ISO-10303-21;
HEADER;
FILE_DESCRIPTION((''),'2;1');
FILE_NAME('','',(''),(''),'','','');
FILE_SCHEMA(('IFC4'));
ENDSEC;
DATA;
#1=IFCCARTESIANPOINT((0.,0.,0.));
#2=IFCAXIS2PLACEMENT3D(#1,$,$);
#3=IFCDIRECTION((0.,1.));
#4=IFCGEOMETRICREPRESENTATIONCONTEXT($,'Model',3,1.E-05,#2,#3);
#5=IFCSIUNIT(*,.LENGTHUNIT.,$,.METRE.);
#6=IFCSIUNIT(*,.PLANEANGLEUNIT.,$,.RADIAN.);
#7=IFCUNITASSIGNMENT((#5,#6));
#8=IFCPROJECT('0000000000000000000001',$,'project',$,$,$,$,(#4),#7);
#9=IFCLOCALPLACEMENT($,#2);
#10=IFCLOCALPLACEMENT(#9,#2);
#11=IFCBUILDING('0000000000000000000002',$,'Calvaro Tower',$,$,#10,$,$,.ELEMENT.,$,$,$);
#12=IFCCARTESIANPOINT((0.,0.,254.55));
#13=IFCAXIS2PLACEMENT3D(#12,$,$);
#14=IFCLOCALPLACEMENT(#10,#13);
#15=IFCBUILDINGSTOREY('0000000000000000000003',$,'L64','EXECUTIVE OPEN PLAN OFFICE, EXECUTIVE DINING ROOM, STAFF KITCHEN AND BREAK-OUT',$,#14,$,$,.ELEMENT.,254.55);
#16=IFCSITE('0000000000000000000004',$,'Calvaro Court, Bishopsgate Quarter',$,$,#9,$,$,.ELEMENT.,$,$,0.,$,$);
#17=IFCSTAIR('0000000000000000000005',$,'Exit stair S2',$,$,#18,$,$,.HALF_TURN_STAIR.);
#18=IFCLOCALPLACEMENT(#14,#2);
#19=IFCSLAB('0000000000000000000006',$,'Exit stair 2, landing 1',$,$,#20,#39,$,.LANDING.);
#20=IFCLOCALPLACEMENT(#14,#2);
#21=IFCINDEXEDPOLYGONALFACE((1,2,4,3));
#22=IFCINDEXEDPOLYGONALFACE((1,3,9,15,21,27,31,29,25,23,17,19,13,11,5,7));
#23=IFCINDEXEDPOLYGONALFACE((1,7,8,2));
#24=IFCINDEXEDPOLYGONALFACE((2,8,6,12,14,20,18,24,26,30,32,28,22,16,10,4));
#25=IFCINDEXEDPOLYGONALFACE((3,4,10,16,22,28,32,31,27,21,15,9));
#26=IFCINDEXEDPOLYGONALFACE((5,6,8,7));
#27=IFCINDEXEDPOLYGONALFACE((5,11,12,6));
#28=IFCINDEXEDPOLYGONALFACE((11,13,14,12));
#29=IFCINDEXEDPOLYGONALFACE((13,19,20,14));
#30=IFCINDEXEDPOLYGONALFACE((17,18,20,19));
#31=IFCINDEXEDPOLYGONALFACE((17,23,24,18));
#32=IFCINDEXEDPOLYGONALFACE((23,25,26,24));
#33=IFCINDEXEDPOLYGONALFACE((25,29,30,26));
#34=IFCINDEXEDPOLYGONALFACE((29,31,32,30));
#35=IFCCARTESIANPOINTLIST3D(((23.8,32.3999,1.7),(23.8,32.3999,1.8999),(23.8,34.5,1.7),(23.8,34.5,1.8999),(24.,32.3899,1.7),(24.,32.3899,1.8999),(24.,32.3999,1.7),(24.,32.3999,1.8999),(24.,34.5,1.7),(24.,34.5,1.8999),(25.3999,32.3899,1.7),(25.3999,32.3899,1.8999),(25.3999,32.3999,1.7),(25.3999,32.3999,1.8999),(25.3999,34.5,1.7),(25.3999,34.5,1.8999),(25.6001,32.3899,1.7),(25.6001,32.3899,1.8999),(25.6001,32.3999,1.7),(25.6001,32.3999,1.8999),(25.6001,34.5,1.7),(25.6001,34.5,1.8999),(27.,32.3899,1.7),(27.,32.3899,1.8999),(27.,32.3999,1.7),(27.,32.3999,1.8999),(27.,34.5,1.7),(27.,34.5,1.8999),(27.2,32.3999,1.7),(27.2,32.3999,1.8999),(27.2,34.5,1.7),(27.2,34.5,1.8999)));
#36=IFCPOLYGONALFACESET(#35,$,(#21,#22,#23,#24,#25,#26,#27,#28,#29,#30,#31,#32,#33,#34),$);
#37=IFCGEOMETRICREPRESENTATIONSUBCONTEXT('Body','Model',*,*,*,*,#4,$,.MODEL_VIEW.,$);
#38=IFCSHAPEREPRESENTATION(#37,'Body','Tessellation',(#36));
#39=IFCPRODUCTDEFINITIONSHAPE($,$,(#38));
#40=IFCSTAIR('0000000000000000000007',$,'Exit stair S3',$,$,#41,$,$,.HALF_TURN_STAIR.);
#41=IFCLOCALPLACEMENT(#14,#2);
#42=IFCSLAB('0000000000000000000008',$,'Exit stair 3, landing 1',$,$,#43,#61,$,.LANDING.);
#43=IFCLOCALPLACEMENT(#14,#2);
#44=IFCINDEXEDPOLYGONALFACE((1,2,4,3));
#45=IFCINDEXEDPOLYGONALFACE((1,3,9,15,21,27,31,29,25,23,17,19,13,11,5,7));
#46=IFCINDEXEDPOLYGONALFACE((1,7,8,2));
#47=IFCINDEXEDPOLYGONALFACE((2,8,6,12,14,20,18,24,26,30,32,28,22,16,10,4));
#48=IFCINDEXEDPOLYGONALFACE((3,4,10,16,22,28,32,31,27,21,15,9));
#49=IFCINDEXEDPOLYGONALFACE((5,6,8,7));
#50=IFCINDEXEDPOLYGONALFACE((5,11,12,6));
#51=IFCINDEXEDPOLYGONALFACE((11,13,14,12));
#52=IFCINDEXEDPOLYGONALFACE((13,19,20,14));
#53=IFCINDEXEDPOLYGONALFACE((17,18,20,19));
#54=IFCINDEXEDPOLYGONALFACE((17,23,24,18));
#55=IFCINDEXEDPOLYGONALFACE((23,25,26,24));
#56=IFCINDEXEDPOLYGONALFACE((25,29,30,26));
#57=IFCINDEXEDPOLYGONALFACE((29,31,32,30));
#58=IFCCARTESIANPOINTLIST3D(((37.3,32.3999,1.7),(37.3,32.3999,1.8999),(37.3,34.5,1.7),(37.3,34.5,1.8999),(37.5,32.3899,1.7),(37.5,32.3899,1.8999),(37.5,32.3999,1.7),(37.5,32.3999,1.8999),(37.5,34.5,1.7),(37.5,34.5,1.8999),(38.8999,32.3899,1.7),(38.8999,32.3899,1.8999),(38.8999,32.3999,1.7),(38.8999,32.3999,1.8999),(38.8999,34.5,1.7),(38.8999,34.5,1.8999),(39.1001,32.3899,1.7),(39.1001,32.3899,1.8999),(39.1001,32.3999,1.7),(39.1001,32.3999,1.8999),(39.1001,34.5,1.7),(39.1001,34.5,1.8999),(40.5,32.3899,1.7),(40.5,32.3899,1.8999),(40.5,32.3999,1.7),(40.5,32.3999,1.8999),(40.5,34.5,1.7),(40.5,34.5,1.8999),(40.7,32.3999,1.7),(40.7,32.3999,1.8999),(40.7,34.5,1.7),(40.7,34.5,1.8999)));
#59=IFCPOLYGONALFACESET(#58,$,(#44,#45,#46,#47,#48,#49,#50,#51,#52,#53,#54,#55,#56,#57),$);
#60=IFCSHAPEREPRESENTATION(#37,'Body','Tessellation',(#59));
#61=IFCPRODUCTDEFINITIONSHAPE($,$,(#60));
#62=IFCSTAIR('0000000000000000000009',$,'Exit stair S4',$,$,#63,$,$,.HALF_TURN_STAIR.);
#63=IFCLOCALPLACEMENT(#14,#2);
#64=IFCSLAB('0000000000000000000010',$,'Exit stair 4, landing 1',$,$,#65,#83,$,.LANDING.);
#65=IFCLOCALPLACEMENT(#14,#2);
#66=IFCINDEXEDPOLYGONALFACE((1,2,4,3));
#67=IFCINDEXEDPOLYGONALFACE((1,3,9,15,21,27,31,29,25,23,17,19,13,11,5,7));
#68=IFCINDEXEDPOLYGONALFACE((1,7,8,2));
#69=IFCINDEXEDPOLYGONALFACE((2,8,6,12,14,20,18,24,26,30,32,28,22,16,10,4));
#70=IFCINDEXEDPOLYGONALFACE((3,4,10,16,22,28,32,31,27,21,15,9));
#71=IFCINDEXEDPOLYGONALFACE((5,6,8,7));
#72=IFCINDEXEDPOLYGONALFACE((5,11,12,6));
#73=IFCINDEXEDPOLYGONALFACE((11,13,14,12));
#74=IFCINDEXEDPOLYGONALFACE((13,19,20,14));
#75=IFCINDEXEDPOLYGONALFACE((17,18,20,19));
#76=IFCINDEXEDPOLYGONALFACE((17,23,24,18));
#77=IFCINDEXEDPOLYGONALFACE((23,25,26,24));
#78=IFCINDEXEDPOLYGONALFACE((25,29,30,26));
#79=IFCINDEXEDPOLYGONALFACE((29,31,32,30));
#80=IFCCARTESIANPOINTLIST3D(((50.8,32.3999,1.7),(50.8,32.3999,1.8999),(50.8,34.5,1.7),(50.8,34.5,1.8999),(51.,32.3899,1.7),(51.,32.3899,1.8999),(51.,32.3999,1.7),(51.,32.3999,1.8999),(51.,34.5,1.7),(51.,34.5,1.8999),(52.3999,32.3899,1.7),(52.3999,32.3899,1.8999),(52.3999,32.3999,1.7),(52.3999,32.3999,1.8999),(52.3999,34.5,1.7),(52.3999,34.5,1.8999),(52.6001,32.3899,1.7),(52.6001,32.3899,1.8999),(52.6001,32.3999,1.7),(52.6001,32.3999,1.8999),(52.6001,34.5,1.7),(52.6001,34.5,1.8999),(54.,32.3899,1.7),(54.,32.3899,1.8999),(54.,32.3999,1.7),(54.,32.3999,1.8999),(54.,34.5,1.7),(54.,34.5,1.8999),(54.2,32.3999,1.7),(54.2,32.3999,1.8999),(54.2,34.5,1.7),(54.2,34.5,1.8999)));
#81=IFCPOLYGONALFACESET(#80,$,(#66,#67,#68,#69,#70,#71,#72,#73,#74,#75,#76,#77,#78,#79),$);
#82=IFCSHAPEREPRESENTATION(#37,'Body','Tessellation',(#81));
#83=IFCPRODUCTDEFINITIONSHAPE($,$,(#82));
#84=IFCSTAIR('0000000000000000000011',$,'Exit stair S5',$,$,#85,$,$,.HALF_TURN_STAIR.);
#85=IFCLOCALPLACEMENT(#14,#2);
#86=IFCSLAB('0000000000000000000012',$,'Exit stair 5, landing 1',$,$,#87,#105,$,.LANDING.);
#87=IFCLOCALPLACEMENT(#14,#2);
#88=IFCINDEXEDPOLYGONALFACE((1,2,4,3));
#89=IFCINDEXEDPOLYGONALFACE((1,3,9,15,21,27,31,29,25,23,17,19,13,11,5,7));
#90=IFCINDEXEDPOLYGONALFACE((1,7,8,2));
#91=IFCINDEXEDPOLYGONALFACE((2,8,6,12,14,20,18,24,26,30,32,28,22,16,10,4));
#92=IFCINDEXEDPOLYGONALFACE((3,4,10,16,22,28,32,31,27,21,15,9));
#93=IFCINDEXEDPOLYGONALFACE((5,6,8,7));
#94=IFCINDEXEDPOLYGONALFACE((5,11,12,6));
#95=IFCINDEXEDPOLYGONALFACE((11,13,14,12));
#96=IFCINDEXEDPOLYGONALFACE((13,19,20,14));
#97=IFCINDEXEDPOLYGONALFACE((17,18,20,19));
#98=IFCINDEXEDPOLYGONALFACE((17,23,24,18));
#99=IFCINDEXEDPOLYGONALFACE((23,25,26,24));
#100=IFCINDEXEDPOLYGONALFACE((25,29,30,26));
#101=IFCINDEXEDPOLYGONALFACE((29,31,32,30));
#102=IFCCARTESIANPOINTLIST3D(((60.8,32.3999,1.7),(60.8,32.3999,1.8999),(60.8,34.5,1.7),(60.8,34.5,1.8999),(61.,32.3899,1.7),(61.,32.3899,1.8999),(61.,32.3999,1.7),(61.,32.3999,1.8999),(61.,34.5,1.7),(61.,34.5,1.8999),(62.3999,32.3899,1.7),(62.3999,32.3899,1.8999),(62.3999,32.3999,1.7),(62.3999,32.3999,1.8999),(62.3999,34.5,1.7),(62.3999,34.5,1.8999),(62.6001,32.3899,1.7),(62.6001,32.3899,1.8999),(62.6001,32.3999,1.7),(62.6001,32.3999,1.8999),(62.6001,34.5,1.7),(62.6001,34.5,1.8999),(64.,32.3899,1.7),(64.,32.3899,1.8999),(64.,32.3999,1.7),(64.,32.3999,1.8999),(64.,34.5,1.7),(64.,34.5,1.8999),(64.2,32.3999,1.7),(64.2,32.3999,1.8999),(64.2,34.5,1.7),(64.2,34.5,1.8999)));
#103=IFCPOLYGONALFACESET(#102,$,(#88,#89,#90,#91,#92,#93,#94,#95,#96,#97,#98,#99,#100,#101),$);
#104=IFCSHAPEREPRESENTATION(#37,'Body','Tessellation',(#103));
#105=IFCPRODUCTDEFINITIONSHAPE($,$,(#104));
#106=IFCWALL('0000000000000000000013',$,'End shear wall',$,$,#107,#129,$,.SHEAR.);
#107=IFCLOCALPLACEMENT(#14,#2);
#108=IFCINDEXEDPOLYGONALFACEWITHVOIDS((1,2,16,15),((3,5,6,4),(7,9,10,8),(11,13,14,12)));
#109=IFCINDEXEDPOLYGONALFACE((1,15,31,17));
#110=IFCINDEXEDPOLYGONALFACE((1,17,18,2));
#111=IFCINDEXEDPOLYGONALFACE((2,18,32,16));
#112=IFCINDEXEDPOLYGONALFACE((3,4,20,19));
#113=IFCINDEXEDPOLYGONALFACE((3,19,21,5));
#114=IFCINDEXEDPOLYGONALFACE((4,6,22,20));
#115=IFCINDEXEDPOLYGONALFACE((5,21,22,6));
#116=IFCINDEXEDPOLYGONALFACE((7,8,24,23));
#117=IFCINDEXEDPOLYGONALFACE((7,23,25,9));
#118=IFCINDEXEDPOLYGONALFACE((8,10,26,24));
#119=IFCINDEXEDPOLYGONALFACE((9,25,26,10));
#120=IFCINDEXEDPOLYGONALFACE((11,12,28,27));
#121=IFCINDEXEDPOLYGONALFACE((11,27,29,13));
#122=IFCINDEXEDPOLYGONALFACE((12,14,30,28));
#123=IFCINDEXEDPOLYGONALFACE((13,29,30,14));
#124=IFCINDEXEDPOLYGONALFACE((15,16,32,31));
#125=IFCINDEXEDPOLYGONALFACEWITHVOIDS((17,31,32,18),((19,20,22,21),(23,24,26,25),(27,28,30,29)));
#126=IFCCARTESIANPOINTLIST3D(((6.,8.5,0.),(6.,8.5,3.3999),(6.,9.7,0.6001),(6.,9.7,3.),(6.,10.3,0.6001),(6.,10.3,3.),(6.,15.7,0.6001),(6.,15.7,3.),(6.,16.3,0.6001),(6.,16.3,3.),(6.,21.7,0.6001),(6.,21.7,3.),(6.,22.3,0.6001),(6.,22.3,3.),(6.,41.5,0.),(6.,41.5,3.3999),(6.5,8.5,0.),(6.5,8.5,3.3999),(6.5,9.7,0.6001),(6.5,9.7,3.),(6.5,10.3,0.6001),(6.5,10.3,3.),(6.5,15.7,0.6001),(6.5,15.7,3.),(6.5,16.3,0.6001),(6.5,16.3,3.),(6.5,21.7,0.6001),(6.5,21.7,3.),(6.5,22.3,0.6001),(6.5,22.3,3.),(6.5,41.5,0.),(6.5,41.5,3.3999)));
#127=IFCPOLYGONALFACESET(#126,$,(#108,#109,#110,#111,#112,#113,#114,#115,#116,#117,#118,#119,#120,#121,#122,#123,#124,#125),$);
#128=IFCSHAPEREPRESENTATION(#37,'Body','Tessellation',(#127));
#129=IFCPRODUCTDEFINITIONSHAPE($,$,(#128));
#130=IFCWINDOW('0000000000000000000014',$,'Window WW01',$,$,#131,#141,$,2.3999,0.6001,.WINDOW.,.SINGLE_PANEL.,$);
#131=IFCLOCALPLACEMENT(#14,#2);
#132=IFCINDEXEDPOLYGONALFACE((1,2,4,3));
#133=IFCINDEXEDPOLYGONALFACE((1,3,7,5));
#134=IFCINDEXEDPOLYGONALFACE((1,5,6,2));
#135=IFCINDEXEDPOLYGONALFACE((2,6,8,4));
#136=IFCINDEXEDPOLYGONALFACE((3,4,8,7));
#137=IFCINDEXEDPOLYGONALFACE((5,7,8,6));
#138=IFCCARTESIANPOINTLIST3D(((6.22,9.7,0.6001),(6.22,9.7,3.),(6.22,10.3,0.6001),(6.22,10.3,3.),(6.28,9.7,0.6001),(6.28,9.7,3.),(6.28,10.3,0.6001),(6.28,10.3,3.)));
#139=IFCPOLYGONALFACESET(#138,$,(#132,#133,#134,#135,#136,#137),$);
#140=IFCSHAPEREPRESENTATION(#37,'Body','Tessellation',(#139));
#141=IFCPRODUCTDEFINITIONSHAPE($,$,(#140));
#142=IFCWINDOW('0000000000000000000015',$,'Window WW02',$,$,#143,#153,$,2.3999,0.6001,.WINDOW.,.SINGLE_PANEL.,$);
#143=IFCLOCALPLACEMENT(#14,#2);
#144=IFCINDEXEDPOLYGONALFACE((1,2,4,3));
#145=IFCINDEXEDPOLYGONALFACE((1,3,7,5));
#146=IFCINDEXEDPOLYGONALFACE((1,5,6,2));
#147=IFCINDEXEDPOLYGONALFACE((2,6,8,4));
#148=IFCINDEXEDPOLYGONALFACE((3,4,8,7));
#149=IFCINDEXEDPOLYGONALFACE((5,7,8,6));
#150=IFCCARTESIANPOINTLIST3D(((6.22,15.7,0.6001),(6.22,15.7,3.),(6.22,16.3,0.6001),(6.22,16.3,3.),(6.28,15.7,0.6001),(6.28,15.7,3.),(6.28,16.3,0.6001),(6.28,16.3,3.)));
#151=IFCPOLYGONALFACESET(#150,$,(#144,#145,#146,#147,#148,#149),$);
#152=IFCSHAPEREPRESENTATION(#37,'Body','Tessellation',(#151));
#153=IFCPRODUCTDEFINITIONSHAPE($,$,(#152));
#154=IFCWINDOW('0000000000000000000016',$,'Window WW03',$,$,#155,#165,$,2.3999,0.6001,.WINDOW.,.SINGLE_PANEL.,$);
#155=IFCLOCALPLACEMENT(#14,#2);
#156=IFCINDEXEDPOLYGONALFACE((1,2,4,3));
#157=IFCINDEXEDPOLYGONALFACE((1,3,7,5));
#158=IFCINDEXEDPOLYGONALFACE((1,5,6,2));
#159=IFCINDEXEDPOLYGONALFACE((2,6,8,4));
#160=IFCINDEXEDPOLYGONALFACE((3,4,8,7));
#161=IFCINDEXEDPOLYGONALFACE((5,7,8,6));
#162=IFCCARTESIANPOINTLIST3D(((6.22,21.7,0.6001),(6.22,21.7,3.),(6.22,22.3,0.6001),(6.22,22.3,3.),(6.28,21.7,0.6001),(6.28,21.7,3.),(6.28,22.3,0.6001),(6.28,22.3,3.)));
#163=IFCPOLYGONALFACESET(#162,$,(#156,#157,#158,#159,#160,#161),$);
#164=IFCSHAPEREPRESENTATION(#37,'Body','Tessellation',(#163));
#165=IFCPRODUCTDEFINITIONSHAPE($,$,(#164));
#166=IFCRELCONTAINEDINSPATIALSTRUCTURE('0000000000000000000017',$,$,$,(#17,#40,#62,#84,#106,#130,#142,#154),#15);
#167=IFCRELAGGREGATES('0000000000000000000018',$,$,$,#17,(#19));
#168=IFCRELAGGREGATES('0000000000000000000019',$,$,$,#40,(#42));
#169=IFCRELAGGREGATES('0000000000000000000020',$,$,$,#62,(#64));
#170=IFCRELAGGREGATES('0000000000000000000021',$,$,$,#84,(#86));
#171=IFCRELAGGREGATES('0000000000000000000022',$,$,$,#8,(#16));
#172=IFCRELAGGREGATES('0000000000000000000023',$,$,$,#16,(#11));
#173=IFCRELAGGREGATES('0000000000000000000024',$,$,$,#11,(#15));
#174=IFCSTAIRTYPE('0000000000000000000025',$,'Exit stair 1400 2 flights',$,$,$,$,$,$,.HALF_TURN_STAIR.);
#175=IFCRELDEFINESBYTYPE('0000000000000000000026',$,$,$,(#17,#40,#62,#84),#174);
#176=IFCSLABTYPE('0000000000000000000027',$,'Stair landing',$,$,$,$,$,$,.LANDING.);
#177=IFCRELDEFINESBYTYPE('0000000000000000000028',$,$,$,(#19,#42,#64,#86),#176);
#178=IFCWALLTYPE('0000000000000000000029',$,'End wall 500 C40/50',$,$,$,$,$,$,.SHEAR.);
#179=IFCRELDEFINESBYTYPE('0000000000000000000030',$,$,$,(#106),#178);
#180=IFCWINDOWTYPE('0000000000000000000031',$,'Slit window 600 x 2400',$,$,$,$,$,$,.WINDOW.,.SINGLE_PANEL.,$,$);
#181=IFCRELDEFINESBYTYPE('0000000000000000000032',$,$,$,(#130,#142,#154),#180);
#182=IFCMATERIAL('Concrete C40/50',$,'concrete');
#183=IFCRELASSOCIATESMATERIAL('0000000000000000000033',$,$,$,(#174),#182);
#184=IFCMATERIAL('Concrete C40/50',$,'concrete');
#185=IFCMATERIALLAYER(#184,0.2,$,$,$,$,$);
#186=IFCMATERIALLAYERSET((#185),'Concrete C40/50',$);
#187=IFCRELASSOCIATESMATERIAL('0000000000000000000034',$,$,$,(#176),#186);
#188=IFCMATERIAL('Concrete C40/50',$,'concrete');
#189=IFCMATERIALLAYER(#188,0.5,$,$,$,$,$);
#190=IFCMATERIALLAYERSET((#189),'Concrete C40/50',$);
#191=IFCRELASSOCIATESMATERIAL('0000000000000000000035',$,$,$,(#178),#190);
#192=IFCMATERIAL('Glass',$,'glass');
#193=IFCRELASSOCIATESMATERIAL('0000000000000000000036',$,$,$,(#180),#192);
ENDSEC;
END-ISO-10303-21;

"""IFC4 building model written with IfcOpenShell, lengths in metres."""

from ifc_helpers import new_model, si_unit, direction, frame, frame_2d, origin, place, context, subcontext, project, spatial, polyline, rectangle, outline, extrude, material, layer, layer_set, type_object, element, fill, aggregate, save


model = new_model("IFC4")

# Units and contexts
model_context = context("Model", 3, precision=1e-05, world=origin(), true_north=direction((0.0, 1.0)))
body_context = subcontext(model_context, "Body", "Model", "MODEL_VIEW")
ifc_project = project(units=[si_unit("LENGTHUNIT", "METRE"), si_unit("PLANEANGLEUNIT", "RADIAN")], contexts=[model_context])

# Site, building, storey
site_placement = place(None, origin())
site = spatial("IfcSite", under=ifc_project, at=site_placement, Name="Calvaro Court, Bishopsgate Quarter", CompositionType="ELEMENT", RefElevation=0.0)
building_placement = place(site_placement, origin())
building = spatial("IfcBuilding", under=site, at=building_placement, Name="Calvaro Tower", CompositionType="ELEMENT")
storey_placement = place(building_placement, frame((0.0, 0.0, 254.55)))
storey = spatial("IfcBuildingStorey", under=building, at=storey_placement, Name="L64", Description="EXECUTIVE OPEN PLAN OFFICE, EXECUTIVE DINING ROOM, STAFF KITCHEN AND BREAK-OUT", CompositionType="ELEMENT", Elevation=254.55)

# Stairs, slabs
ifc_material_1 = material(Name="Concrete C40/50", Category="concrete")
stair_type = type_object("IfcStairType", Name="Exit stair 1400 2 flights", PredefinedType="HALF_TURN_STAIR", material=ifc_material_1)
ifc_material_2 = material(Name="Concrete C40/50", Category="concrete")
ifc_layer_1 = layer(ifc_material_2, 0.2)
ifc_layer_set_1 = layer_set([ifc_layer_1], Name="Concrete C40/50")
slab_type_1 = type_object("IfcSlabType", Name="Stair landing", PredefinedType="LANDING", material=ifc_layer_set_1)
stair_1_placement = place(storey_placement, origin())
stair_1 = element("IfcStair", 1, at=stair_1_placement, inside=storey, type_object=stair_type, Name="Exit stair S2", PredefinedType="HALF_TURN_STAIR")
slab_1_placement = place(storey_placement, frame((0.0, 0.0, 1.7)))
slab_1 = element("IfcSlab", 2, at=slab_1_placement, type_object=slab_type_1, Name="Exit stair 2, landing 1", PredefinedType="LANDING", context=body_context, shape_type="SweptSolid", body=[
    extrude(outline(polyline([(25.3999, 32.3899), (24.0, 32.3899), (24.0, 32.3999), (23.8, 32.3999), (23.8, 34.5), (24.0, 34.5), (25.3999, 34.5), (25.6001, 34.5), (27.0, 34.5), (27.2, 34.5), (27.2, 32.3999), (27.0, 32.3999), (27.0, 32.3899), (25.6001, 32.3899), (25.6001, 32.3999), (25.3999, 32.3999), (25.3999, 32.3899)])), origin(), (0.0, 0.0, 1.0), 0.2),
])
aggregate(stair_1, [slab_1])
stair_2_placement = place(storey_placement, origin())
stair_2 = element("IfcStair", 3, at=stair_2_placement, inside=storey, type_object=stair_type, Name="Exit stair S3", PredefinedType="HALF_TURN_STAIR")
slab_2_placement = place(storey_placement, frame((0.0, 0.0, 1.7)))
slab_2 = element("IfcSlab", 4, at=slab_2_placement, type_object=slab_type_1, Name="Exit stair 3, landing 1", PredefinedType="LANDING", context=body_context, shape_type="SweptSolid", body=[
    extrude(outline(polyline([(38.8999, 32.3899), (37.5, 32.3899), (37.5, 32.3999), (37.3, 32.3999), (37.3, 34.5), (37.5, 34.5), (38.8999, 34.5), (39.1001, 34.5), (40.5, 34.5), (40.7, 34.5), (40.7, 32.3999), (40.5, 32.3999), (40.5, 32.3899), (39.1001, 32.3899), (39.1001, 32.3999), (38.8999, 32.3999), (38.8999, 32.3899)])), origin(), (0.0, 0.0, 1.0), 0.2),
])
aggregate(stair_2, [slab_2])
stair_3_placement = place(storey_placement, origin())
stair_3 = element("IfcStair", 5, at=stair_3_placement, inside=storey, type_object=stair_type, Name="Exit stair S4", PredefinedType="HALF_TURN_STAIR")
slab_3_placement = place(storey_placement, frame((0.0, 0.0, 1.7)))
slab_3 = element("IfcSlab", 6, at=slab_3_placement, type_object=slab_type_1, Name="Exit stair 4, landing 1", PredefinedType="LANDING", context=body_context, shape_type="SweptSolid", body=[
    extrude(outline(polyline([(52.3999, 32.3899), (51.0, 32.3899), (51.0, 32.3999), (50.8, 32.3999), (50.8, 34.5), (51.0, 34.5), (52.3999, 34.5), (52.6001, 34.5), (54.0, 34.5), (54.2, 34.5), (54.2, 32.3999), (54.0, 32.3999), (54.0, 32.3899), (52.6001, 32.3899), (52.6001, 32.3999), (52.3999, 32.3999), (52.3999, 32.3899)])), origin(), (0.0, 0.0, 1.0), 0.2),
])
aggregate(stair_3, [slab_3])
stair_4_placement = place(storey_placement, origin())
stair_4 = element("IfcStair", 7, at=stair_4_placement, inside=storey, type_object=stair_type, Name="Exit stair S5", PredefinedType="HALF_TURN_STAIR")
slab_4_placement = place(storey_placement, frame((0.0, 0.0, 1.7)))
slab_4 = element("IfcSlab", 8, at=slab_4_placement, type_object=slab_type_1, Name="Exit stair 5, landing 1", PredefinedType="LANDING", context=body_context, shape_type="SweptSolid", body=[
    extrude(outline(polyline([(62.3999, 32.3899), (61.0, 32.3899), (61.0, 32.3999), (60.8, 32.3999), (60.8, 34.5), (61.0, 34.5), (62.3999, 34.5), (62.6001, 34.5), (64.0, 34.5), (64.2, 34.5), (64.2, 32.3999), (64.0, 32.3999), (64.0, 32.3899), (62.6001, 32.3899), (62.6001, 32.3999), (62.3999, 32.3999), (62.3999, 32.3899)])), origin(), (0.0, 0.0, 1.0), 0.2),
])
aggregate(stair_4, [slab_4])

# Wall, openings, windows
ifc_material_3 = material(Name="Concrete C40/50", Category="concrete")
ifc_layer_2 = layer(ifc_material_3, 0.5)
ifc_layer_set_2 = layer_set([ifc_layer_2], Name="Concrete C40/50")
wall_type = type_object("IfcWallType", Name="End wall 500 C40/50", PredefinedType="SHEAR", material=ifc_layer_set_2)
wall_placement = place(storey_placement, frame((6.25, 8.5, 0.0), z_axis=(0.0, 0.0, 1.0), x_axis=(0.0, 1.0, 0.0)))
wall = element("IfcWall", 9, at=wall_placement, inside=storey, type_object=wall_type, Name="End shear wall", PredefinedType="SHEAR", context=body_context, shape_type="SweptSolid", body=[
    extrude(rectangle(XDim=33.0, YDim=0.5, at=frame_2d((16.5, 0.0))), origin(), (0.0, 0.0, 1.0), 3.3999),
])
opening_1_placement = place(wall_placement, frame((1.2, 0.0, 0.6001)))
opening_1 = element("IfcOpeningElement", 10, at=opening_1_placement, cuts=wall, PredefinedType="OPENING", context=body_context, shape_type="SweptSolid", body=[
    extrude(rectangle(XDim=0.6001, YDim=2.3999, at=frame_2d((0.3, 1.2))), frame((0.0, 0.26, 0.0), z_axis=(0.0, -1.0, 0.0), x_axis=(1.0, 0.0, 0.0)), (0.0, 0.0, 1.0), 0.52),
])
opening_2_placement = place(wall_placement, frame((7.2, 0.0, 0.6001)))
opening_2 = element("IfcOpeningElement", 11, at=opening_2_placement, cuts=wall, PredefinedType="OPENING", context=body_context, shape_type="SweptSolid", body=[
    extrude(rectangle(XDim=0.6001, YDim=2.3999, at=frame_2d((0.3, 1.2))), frame((0.0, 0.26, 0.0), z_axis=(0.0, -1.0, 0.0), x_axis=(1.0, 0.0, 0.0)), (0.0, 0.0, 1.0), 0.52),
])
opening_3_placement = place(wall_placement, frame((13.2, 0.0, 0.6001)))
opening_3 = element("IfcOpeningElement", 12, at=opening_3_placement, cuts=wall, PredefinedType="OPENING", context=body_context, shape_type="SweptSolid", body=[
    extrude(rectangle(XDim=0.6001, YDim=2.3999, at=frame_2d((0.3, 1.2))), frame((0.0, 0.26, 0.0), z_axis=(0.0, -1.0, 0.0), x_axis=(1.0, 0.0, 0.0)), (0.0, 0.0, 1.0), 0.52),
])
ifc_material_4 = material(Name="Glass", Category="glass")
window_type = type_object("IfcWindowType", Name="Slit window 600 x 2400", PartitioningType="SINGLE_PANEL", PredefinedType="WINDOW", material=ifc_material_4)
window_1_placement = place(opening_1_placement, origin())
window_1 = element("IfcWindow", 13, at=window_1_placement, inside=storey, type_object=window_type, Name="Window WW01", OverallHeight=2.3999, OverallWidth=0.6001, PartitioningType="SINGLE_PANEL", PredefinedType="WINDOW", context=body_context, shape_type="SweptSolid", body=[
    extrude(rectangle(XDim=0.6001, YDim=2.3999, at=frame_2d((0.3, 1.2))), frame((0.0, 0.03, 0.0), z_axis=(0.0, -1.0, 0.0), x_axis=(1.0, 0.0, 0.0)), (0.0, 0.0, 1.0), 0.0601),
])
fill(opening_1, window_1)
window_2_placement = place(opening_2_placement, origin())
window_2 = element("IfcWindow", 14, at=window_2_placement, inside=storey, type_object=window_type, Name="Window WW02", OverallHeight=2.3999, OverallWidth=0.6001, PartitioningType="SINGLE_PANEL", PredefinedType="WINDOW", context=body_context, shape_type="SweptSolid", body=[
    extrude(rectangle(XDim=0.6001, YDim=2.3999, at=frame_2d((0.3, 1.2))), frame((0.0, 0.03, 0.0), z_axis=(0.0, -1.0, 0.0), x_axis=(1.0, 0.0, 0.0)), (0.0, 0.0, 1.0), 0.0601),
])
fill(opening_2, window_2)
window_3_placement = place(opening_3_placement, origin())
window_3 = element("IfcWindow", 15, at=window_3_placement, inside=storey, type_object=window_type, Name="Window WW03", OverallHeight=2.3999, OverallWidth=0.6001, PartitioningType="SINGLE_PANEL", PredefinedType="WINDOW", context=body_context, shape_type="SweptSolid", body=[
    extrude(rectangle(XDim=0.6001, YDim=2.3999, at=frame_2d((0.3, 1.2))), frame((0.0, 0.03, 0.0), z_axis=(0.0, -1.0, 0.0), x_axis=(1.0, 0.0, 0.0)), (0.0, 0.0, 1.0), 0.0601),
])
fill(opening_3, window_3)

save(model, "model.ifc")
